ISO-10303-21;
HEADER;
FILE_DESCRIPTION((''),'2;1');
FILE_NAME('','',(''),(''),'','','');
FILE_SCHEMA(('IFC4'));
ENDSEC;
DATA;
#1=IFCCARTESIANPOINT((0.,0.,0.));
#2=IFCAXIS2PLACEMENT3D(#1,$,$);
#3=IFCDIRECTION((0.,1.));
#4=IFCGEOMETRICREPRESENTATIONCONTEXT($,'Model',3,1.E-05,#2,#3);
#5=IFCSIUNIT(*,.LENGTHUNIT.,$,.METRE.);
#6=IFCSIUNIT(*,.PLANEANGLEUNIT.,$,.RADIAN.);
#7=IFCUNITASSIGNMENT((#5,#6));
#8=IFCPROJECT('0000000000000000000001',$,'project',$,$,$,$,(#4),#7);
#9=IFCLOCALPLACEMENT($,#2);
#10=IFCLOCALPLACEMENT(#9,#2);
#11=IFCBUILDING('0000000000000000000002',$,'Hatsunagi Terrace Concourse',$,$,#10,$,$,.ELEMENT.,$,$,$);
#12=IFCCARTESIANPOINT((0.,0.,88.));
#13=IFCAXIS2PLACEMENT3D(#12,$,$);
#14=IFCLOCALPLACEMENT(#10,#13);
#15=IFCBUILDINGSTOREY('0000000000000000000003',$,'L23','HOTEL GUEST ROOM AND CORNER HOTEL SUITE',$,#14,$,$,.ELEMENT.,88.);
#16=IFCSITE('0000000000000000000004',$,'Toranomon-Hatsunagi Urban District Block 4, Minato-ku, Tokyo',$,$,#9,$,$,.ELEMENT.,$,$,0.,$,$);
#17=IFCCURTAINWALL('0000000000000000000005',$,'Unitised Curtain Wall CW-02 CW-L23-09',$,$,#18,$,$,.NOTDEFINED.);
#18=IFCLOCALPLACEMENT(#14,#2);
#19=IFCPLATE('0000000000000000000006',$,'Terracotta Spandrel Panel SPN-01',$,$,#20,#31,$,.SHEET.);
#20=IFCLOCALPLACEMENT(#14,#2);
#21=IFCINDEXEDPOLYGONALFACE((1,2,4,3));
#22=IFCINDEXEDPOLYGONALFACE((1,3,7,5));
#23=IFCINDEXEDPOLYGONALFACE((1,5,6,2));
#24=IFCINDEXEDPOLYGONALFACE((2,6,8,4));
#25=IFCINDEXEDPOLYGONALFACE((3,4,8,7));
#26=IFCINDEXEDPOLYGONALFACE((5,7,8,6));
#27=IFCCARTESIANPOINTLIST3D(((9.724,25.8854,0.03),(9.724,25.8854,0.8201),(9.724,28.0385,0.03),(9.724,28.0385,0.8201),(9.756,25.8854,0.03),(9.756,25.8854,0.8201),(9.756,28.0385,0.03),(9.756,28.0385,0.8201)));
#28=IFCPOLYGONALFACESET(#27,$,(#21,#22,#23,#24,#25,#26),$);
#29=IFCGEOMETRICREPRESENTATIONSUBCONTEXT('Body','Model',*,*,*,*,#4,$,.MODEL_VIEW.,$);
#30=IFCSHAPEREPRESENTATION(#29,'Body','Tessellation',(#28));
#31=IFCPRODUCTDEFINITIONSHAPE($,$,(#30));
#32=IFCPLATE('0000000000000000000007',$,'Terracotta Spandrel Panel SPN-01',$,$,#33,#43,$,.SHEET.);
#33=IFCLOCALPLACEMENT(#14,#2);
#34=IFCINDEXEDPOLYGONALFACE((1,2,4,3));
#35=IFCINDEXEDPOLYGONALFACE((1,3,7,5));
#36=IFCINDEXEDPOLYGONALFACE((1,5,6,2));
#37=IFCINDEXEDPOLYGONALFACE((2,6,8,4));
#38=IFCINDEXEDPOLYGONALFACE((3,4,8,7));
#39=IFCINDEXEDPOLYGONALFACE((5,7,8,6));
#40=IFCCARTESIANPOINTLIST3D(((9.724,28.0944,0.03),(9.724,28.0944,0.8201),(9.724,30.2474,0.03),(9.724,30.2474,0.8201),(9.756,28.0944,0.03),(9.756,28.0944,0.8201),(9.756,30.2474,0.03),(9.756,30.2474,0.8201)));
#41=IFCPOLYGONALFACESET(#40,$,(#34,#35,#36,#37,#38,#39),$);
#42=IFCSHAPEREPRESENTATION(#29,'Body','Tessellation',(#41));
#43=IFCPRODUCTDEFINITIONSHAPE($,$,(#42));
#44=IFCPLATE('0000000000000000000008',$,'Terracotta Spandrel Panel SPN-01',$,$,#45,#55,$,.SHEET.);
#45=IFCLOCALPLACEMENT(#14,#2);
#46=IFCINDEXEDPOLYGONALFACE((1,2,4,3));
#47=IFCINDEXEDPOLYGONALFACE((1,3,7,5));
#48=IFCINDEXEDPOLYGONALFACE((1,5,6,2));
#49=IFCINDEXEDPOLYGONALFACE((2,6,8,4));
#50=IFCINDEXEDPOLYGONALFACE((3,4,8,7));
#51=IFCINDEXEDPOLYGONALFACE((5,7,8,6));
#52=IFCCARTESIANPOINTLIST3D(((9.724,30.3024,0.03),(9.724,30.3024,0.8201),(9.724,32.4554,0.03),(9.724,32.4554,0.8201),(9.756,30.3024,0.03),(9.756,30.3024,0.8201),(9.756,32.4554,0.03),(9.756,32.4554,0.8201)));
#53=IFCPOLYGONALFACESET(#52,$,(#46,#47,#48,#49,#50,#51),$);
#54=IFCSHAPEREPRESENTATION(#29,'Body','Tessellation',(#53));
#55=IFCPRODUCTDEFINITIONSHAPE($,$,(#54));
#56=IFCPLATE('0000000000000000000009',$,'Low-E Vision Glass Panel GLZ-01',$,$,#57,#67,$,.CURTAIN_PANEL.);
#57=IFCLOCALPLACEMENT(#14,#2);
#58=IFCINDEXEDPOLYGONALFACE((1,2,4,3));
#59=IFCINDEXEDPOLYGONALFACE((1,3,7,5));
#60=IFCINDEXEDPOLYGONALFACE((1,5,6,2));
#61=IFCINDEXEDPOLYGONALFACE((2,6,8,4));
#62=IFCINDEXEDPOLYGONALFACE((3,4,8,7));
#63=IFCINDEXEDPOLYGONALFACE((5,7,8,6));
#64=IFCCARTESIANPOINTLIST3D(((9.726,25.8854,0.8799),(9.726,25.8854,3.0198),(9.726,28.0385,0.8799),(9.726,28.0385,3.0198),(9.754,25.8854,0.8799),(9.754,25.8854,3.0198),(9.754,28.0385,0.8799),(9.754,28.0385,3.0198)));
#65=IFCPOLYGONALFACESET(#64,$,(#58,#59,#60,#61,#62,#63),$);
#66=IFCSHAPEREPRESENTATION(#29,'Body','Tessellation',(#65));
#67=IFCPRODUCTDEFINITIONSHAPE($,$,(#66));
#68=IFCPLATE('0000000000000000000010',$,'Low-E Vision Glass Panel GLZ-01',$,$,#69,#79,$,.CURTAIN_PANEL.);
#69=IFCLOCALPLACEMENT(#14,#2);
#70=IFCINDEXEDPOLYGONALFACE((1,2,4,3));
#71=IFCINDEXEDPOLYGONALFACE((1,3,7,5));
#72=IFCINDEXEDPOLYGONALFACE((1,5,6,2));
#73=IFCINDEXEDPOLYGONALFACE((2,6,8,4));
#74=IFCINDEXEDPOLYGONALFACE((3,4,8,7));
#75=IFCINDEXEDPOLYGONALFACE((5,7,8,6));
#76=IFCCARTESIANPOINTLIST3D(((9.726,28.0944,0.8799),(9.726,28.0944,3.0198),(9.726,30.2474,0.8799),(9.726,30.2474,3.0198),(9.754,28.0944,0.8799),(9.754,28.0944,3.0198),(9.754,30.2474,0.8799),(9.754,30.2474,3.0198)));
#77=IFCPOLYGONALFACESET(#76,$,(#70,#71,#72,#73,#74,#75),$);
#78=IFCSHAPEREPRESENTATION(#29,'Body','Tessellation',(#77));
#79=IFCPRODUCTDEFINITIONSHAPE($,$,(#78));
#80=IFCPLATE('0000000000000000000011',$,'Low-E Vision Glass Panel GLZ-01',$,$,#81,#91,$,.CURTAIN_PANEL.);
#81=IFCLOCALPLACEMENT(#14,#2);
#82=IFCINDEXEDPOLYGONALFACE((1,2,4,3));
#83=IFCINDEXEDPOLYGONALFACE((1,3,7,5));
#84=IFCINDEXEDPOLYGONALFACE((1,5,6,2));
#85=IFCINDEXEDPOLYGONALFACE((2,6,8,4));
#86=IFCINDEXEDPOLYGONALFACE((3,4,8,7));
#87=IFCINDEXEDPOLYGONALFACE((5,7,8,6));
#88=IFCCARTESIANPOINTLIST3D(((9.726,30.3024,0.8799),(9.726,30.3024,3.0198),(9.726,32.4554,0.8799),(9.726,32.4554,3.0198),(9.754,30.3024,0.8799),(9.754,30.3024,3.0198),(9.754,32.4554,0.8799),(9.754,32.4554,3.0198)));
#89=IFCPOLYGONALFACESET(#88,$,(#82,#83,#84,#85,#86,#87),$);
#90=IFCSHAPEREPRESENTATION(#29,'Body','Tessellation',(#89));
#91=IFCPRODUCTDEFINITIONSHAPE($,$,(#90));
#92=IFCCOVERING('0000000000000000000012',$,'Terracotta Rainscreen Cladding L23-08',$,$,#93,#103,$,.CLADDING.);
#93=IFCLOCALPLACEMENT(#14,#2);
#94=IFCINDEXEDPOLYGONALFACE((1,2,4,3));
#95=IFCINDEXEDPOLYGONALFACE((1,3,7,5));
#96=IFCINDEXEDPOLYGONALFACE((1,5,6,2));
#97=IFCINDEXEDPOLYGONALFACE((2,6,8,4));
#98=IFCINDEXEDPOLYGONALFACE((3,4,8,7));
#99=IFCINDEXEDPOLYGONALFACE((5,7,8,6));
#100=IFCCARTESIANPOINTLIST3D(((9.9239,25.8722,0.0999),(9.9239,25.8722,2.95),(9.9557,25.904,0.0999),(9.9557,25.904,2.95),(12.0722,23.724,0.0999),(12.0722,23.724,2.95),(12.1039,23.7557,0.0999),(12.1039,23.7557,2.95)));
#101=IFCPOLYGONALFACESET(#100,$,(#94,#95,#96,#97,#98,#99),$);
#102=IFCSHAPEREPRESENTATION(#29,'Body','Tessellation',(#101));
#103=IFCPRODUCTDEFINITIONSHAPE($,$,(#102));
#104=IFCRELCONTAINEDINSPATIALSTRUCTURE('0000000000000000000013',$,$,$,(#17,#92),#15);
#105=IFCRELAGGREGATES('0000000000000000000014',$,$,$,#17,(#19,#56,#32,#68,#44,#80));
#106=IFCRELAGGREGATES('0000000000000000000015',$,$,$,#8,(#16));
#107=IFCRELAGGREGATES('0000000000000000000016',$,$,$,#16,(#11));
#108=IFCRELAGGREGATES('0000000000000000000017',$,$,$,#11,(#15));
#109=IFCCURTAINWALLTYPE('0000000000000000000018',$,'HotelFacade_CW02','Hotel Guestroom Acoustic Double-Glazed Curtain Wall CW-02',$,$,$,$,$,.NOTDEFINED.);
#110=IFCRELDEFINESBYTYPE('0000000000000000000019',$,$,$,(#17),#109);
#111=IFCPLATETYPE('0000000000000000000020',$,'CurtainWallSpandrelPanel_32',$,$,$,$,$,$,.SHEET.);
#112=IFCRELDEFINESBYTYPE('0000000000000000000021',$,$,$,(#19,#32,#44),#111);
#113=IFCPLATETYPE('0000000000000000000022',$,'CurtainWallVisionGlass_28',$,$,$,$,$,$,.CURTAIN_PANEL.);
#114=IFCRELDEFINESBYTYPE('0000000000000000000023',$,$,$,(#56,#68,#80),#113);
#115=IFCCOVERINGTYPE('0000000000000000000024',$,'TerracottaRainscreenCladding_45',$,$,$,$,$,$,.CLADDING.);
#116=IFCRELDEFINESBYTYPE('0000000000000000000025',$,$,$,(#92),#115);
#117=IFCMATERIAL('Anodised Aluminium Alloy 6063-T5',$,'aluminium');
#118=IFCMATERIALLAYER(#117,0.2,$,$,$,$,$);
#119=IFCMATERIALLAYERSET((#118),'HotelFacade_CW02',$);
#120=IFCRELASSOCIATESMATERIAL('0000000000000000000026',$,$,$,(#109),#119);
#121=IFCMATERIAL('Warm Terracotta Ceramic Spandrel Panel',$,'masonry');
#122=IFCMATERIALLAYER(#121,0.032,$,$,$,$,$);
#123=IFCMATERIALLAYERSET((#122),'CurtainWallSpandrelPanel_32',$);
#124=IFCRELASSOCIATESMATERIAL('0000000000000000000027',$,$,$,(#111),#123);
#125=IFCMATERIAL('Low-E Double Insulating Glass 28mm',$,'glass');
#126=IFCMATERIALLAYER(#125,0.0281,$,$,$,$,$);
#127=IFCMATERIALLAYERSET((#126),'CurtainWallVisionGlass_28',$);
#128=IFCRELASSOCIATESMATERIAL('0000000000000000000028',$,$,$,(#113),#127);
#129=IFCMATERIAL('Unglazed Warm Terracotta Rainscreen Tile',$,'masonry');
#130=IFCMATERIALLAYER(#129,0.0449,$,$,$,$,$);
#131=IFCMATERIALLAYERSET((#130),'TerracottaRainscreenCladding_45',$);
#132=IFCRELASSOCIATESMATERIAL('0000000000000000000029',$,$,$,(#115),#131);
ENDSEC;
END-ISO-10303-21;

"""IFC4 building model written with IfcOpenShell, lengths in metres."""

from ifc_helpers import new_model, si_unit, direction, frame, origin, origin_2d, place, context, subcontext, project, spatial, rectangle, extrude, material, layer, layer_set, type_object, element, aggregate, save


model = new_model("IFC4")

# Units and contexts
model_context = context("Model", 3, precision=1e-05, world=origin(), true_north=direction((0.0, 1.0)))
body_context = subcontext(model_context, "Body", "Model", "MODEL_VIEW")
ifc_project = project(units=[si_unit("LENGTHUNIT", "METRE"), si_unit("PLANEANGLEUNIT", "RADIAN")], contexts=[model_context])

# Site, building, storey
site_placement = place(None, origin())
site = spatial("IfcSite", under=ifc_project, at=site_placement, Name="Toranomon-Hatsunagi Urban District Block 4, Minato-ku, Tokyo", CompositionType="ELEMENT", RefElevation=0.0)
building_placement = place(site_placement, origin())
building = spatial("IfcBuilding", under=site, at=building_placement, Name="Hatsunagi Terrace Concourse", CompositionType="ELEMENT")
storey_placement = place(building_placement, frame((0.0, 0.0, 88.0)))
storey = spatial("IfcBuildingStorey", under=building, at=storey_placement, Name="L23", Description="HOTEL GUEST ROOM AND CORNER HOTEL SUITE", CompositionType="ELEMENT", Elevation=88.0)

# Curtain wall
ifc_material_1 = material(Name="Anodised Aluminium Alloy 6063-T5", Category="aluminium")
ifc_layer_1 = layer(ifc_material_1, 0.2)
ifc_layer_set_1 = layer_set([ifc_layer_1], Name="HotelFacade_CW02")
curtain_wall_type = type_object("IfcCurtainWallType", Name="HotelFacade_CW02", Description="Hotel Guestroom Acoustic Double-Glazed Curtain Wall CW-02", PredefinedType="NOTDEFINED", material=ifc_layer_set_1)
curtain_wall_placement = place(storey_placement, origin())
curtain_wall = element("IfcCurtainWall", 1, at=curtain_wall_placement, inside=storey, type_object=curtain_wall_type, Name="Unitised Curtain Wall CW-02 CW-L23-09", PredefinedType="NOTDEFINED")

# Plates
ifc_material_2 = material(Name="Warm Terracotta Ceramic Spandrel Panel", Category="masonry")
ifc_layer_2 = layer(ifc_material_2, 0.032)
ifc_layer_set_2 = layer_set([ifc_layer_2], Name="CurtainWallSpandrelPanel_32")
plate_type_1 = type_object("IfcPlateType", Name="CurtainWallSpandrelPanel_32", PredefinedType="SHEET", material=ifc_layer_set_2)
plate_1_placement = place(storey_placement, frame((9.74, 26.9619, 0.03), z_axis=(0.0, 0.0, 1.0), x_axis=(0.0, 1.0, 0.0)))
plate_1 = element("IfcPlate", 2, at=plate_1_placement, type_object=plate_type_1, Name="Terracotta Spandrel Panel SPN-01", PredefinedType="SHEET", context=body_context, shape_type="SweptSolid", body=[
    extrude(rectangle(XDim=2.1531, YDim=0.032, at=origin_2d()), origin(), (0.0, 0.0, 1.0), 0.79),
])
plate_2_placement = place(storey_placement, frame((9.74, 29.1709, 0.03), z_axis=(0.0, 0.0, 1.0), x_axis=(0.0, 1.0, 0.0)))
plate_2 = element("IfcPlate", 3, at=plate_2_placement, type_object=plate_type_1, Name="Terracotta Spandrel Panel SPN-01", PredefinedType="SHEET", context=body_context, shape_type="SweptSolid", body=[
    extrude(rectangle(XDim=2.1531, YDim=0.032, at=origin_2d()), origin(), (0.0, 0.0, 1.0), 0.79),
])
plate_3_placement = place(storey_placement, frame((9.74, 31.3789, 0.03), z_axis=(0.0, 0.0, 1.0), x_axis=(0.0, 1.0, 0.0)))
plate_3 = element("IfcPlate", 4, at=plate_3_placement, type_object=plate_type_1, Name="Terracotta Spandrel Panel SPN-01", PredefinedType="SHEET", context=body_context, shape_type="SweptSolid", body=[
    extrude(rectangle(XDim=2.1531, YDim=0.032, at=origin_2d()), origin(), (0.0, 0.0, 1.0), 0.79),
])
ifc_material_3 = material(Name="Low-E Double Insulating Glass 28mm", Category="glass")
ifc_layer_3 = layer(ifc_material_3, 0.0281)
ifc_layer_set_3 = layer_set([ifc_layer_3], Name="CurtainWallVisionGlass_28")
plate_type_2 = type_object("IfcPlateType", Name="CurtainWallVisionGlass_28", PredefinedType="CURTAIN_PANEL", material=ifc_layer_set_3)
plate_4_placement = place(storey_placement, frame((9.74, 26.9619, 0.8799), z_axis=(0.0, 0.0, 1.0), x_axis=(0.0, 1.0, 0.0)))
plate_4 = element("IfcPlate", 5, at=plate_4_placement, type_object=plate_type_2, Name="Low-E Vision Glass Panel GLZ-01", PredefinedType="CURTAIN_PANEL", context=body_context, shape_type="SweptSolid", body=[
    extrude(rectangle(XDim=2.1531, YDim=0.0281, at=origin_2d()), origin(), (0.0, 0.0, 1.0), 2.1399),
])
plate_5_placement = place(storey_placement, frame((9.74, 29.1709, 0.8799), z_axis=(0.0, 0.0, 1.0), x_axis=(0.0, 1.0, 0.0)))
plate_5 = element("IfcPlate", 6, at=plate_5_placement, type_object=plate_type_2, Name="Low-E Vision Glass Panel GLZ-01", PredefinedType="CURTAIN_PANEL", context=body_context, shape_type="SweptSolid", body=[
    extrude(rectangle(XDim=2.1531, YDim=0.0281, at=origin_2d()), origin(), (0.0, 0.0, 1.0), 2.1399),
])
plate_6_placement = place(storey_placement, frame((9.74, 31.3789, 0.8799), z_axis=(0.0, 0.0, 1.0), x_axis=(0.0, 1.0, 0.0)))
plate_6 = element("IfcPlate", 7, at=plate_6_placement, type_object=plate_type_2, Name="Low-E Vision Glass Panel GLZ-01", PredefinedType="CURTAIN_PANEL", context=body_context, shape_type="SweptSolid", body=[
    extrude(rectangle(XDim=2.1531, YDim=0.0281, at=origin_2d()), origin(), (0.0, 0.0, 1.0), 2.1399),
])
aggregate(curtain_wall, [plate_1, plate_4, plate_2, plate_5, plate_3, plate_6])

# Covering
ifc_material_4 = material(Name="Unglazed Warm Terracotta Rainscreen Tile", Category="masonry")
ifc_layer_4 = layer(ifc_material_4, 0.0449)
ifc_layer_set_4 = layer_set([ifc_layer_4], Name="TerracottaRainscreenCladding_45")
covering_type = type_object("IfcCoveringType", Name="TerracottaRainscreenCladding_45", PredefinedType="CLADDING", material=ifc_layer_set_4)
covering_placement = place(storey_placement, frame((11.0139, 24.814, 0.0999), z_axis=(0.0, 0.0, 1.0), x_axis=(-0.707107, 0.707107, 0.0)))
element("IfcCovering", 8, at=covering_placement, inside=storey, type_object=covering_type, Name="Terracotta Rainscreen Cladding L23-08", PredefinedType="CLADDING", context=body_context, shape_type="SweptSolid", body=[
    extrude(rectangle(XDim=3.0381, YDim=0.0449, at=origin_2d()), origin(), (0.0, 0.0, 1.0), 2.8501),
])

save(model, "model.ifc")
